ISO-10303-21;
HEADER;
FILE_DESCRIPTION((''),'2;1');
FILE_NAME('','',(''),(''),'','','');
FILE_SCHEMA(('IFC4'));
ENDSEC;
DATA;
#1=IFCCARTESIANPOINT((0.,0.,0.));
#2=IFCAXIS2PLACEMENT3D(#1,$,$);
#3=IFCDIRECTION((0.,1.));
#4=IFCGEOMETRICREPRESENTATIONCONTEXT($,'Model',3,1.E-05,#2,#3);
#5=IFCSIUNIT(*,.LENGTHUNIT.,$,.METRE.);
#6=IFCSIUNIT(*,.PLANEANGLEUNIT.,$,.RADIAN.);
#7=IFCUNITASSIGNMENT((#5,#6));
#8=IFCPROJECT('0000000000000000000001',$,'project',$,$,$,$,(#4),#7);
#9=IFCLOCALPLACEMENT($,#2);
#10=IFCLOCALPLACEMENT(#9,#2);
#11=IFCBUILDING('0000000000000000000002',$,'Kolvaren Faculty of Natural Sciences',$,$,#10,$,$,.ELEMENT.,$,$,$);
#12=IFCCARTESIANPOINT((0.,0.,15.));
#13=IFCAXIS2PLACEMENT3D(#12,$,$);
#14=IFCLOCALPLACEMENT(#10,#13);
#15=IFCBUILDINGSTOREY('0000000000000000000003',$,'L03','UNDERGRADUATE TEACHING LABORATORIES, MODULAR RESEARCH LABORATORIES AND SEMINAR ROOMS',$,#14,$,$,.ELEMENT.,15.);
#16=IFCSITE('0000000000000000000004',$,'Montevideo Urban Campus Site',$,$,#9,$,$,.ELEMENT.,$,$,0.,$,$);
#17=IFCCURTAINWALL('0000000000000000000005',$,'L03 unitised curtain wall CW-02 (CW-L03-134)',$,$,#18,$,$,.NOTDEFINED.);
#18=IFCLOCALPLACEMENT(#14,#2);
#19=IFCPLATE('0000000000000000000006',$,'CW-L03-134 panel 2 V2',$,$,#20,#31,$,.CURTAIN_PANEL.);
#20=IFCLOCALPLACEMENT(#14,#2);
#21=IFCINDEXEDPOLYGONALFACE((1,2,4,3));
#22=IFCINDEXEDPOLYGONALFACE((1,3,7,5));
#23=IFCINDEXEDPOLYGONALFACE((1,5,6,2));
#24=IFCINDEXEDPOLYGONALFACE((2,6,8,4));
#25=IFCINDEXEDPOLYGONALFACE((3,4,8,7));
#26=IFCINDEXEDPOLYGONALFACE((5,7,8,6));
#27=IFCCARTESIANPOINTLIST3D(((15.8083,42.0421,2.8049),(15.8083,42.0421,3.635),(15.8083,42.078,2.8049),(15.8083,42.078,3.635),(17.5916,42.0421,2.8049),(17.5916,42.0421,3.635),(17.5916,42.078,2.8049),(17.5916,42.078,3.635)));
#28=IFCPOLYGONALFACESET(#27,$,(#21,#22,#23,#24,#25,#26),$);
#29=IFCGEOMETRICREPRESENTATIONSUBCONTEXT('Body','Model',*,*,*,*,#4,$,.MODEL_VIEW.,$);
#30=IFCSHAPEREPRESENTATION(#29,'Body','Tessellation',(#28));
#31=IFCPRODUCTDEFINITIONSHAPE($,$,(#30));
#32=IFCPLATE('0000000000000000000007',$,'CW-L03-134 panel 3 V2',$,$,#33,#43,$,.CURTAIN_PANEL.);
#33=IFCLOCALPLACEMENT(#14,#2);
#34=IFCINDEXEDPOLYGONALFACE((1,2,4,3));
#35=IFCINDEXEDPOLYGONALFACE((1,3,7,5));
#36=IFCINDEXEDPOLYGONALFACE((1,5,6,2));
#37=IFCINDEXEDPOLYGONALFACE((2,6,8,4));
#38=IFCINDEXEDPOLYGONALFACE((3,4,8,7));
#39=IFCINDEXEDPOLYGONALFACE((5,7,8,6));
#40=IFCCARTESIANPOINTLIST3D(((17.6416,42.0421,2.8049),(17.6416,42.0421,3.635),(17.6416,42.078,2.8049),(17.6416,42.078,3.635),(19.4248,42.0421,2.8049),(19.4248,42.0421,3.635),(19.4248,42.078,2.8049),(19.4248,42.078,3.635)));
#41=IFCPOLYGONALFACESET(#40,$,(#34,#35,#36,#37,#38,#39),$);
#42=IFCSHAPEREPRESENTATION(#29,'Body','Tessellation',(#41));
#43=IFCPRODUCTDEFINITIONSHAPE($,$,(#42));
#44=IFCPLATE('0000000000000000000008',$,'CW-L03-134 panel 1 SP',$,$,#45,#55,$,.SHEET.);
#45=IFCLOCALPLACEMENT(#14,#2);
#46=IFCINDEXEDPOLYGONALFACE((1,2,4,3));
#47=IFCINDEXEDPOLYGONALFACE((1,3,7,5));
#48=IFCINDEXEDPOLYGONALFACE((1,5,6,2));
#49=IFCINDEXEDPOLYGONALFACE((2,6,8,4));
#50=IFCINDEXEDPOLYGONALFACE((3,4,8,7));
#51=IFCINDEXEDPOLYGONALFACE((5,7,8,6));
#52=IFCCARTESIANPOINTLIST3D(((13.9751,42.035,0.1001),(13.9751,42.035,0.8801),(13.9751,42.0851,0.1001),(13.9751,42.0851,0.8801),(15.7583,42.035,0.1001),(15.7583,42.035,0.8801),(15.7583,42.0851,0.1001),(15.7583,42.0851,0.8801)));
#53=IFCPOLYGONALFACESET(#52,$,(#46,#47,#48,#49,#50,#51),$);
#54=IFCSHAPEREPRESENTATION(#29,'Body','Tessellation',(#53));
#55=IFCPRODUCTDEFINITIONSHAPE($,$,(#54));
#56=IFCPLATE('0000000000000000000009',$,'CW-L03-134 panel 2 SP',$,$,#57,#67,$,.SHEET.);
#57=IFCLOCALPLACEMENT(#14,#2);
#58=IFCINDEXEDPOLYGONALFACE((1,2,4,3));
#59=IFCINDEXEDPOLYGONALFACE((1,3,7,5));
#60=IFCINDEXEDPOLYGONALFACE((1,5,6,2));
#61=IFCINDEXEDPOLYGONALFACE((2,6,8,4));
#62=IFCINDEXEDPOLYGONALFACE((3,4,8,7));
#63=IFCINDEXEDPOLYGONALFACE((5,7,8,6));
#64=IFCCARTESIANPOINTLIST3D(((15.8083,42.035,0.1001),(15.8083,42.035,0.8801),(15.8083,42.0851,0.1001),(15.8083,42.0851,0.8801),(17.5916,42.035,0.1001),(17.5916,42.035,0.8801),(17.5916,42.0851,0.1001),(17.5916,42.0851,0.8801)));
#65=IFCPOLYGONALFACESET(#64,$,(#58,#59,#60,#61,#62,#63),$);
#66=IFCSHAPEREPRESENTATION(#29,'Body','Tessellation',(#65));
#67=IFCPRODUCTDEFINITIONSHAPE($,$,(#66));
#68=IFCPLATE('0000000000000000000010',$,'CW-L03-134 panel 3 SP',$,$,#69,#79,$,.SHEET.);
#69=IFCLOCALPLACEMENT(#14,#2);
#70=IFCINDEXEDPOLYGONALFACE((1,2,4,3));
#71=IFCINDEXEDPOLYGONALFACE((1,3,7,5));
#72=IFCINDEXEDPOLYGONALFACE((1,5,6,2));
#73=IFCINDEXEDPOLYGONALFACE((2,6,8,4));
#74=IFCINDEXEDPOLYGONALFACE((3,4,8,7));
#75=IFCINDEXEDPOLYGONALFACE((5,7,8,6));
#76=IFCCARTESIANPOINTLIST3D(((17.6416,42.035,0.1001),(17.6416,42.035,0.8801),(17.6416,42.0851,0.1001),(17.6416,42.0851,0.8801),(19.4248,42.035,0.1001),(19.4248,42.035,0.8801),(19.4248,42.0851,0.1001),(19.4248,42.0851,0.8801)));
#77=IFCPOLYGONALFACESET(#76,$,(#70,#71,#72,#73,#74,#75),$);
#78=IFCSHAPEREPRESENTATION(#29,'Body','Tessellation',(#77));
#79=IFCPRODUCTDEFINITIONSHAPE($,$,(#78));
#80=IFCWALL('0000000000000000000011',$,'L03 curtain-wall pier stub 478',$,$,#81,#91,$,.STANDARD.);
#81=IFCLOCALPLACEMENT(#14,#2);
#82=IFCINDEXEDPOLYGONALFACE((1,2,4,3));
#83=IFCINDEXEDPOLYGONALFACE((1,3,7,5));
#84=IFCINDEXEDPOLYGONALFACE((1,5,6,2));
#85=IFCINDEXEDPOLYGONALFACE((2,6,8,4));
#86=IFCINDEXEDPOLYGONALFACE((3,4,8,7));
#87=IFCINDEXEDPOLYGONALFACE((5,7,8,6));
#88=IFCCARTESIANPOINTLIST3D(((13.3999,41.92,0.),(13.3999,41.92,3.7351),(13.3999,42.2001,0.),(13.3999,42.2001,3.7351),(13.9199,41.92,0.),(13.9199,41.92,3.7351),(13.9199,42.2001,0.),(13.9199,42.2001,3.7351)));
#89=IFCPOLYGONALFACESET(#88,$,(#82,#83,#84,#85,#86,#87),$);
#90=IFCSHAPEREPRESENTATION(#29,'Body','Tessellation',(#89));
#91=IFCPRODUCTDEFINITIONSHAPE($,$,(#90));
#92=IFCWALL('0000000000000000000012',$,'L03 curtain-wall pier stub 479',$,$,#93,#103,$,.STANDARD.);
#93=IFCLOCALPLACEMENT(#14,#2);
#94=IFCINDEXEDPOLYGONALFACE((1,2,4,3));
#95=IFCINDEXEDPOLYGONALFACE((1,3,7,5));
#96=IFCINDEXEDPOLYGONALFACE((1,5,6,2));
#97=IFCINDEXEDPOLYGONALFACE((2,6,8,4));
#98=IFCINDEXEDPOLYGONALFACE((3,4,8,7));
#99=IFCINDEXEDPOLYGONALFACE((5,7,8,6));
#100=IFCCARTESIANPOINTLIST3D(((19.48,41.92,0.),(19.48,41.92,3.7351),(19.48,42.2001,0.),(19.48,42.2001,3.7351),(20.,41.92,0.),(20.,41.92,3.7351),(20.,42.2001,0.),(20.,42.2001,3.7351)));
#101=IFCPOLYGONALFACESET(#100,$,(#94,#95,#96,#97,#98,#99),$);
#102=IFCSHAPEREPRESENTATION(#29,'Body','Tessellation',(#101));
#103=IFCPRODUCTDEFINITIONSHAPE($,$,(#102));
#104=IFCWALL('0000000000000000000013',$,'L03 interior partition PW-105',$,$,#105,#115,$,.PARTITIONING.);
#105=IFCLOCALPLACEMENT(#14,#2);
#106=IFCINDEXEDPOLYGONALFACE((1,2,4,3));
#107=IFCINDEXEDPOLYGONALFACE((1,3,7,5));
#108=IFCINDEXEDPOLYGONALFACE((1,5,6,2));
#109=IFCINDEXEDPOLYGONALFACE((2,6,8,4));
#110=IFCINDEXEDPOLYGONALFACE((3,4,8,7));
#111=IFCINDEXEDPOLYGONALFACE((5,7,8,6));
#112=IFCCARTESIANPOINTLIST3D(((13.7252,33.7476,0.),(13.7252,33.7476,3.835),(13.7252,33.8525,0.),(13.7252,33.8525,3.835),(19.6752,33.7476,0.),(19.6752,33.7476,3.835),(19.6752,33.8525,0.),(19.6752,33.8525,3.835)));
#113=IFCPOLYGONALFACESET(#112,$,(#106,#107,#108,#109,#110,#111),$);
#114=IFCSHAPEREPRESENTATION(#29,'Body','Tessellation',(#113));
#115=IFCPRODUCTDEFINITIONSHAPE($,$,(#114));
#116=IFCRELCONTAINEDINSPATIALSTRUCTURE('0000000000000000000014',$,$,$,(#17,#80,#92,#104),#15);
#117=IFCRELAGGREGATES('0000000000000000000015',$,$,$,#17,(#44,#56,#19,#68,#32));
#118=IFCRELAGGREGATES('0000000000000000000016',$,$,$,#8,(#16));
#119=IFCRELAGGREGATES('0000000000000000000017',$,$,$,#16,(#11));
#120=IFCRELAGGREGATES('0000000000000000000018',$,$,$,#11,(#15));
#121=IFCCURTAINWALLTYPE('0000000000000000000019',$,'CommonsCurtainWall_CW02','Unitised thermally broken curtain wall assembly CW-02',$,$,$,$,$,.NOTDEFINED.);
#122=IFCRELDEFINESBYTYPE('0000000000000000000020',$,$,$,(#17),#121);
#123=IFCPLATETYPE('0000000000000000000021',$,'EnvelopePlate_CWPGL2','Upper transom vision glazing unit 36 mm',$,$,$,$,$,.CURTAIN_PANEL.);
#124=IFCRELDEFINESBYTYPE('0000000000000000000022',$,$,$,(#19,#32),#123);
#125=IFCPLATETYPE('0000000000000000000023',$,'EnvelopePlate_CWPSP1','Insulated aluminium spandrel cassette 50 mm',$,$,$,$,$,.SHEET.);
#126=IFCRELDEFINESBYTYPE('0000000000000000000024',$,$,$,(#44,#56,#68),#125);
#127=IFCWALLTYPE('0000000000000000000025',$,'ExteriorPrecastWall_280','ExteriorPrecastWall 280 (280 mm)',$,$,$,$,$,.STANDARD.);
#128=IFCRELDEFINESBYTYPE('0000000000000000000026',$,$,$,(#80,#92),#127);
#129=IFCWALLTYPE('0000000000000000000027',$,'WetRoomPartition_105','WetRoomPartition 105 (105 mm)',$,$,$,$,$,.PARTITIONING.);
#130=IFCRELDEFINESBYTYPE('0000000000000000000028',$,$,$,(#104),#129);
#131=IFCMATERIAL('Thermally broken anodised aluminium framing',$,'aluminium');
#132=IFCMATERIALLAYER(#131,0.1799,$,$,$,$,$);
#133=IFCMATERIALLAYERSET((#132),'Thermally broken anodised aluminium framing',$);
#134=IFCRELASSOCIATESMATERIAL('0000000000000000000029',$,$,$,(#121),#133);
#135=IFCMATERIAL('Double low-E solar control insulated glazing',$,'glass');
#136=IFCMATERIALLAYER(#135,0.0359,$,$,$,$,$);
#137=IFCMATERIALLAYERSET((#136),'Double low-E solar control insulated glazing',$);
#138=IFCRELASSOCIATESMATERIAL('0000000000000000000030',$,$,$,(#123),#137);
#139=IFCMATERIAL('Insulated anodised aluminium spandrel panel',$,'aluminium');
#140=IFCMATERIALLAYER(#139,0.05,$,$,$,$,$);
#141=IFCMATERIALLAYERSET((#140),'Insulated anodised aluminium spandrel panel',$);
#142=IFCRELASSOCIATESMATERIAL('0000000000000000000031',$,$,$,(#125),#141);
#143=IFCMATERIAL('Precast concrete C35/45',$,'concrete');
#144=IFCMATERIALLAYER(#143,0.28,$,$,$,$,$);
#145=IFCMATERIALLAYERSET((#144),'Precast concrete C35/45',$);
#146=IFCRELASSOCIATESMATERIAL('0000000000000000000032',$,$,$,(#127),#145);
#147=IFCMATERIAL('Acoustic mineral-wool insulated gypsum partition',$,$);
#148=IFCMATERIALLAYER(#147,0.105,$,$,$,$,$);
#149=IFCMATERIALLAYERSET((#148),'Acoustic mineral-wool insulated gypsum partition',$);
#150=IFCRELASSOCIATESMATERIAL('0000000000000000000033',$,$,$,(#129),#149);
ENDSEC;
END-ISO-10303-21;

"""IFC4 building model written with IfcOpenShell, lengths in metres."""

from ifc_helpers import new_model, si_unit, direction, frame, frame_2d, origin, origin_2d, place, context, subcontext, project, spatial, rectangle, extrude, material, layer, layer_set, type_object, element, aggregate, save


model = new_model("IFC4")

# Units and contexts
model_context = context("Model", 3, precision=1e-05, world=origin(), true_north=direction((0.0, 1.0)))
body_context = subcontext(model_context, "Body", "Model", "MODEL_VIEW")
ifc_project = project(units=[si_unit("LENGTHUNIT", "METRE"), si_unit("PLANEANGLEUNIT", "RADIAN")], contexts=[model_context])

# Site, building, storey
site_placement = place(None, origin())
site = spatial("IfcSite", under=ifc_project, at=site_placement, Name="Montevideo Urban Campus Site", CompositionType="ELEMENT", RefElevation=0.0)
building_placement = place(site_placement, origin())
building = spatial("IfcBuilding", under=site, at=building_placement, Name="Kolvaren Faculty of Natural Sciences", CompositionType="ELEMENT")
storey_placement = place(building_placement, frame((0.0, 0.0, 15.0)))
storey = spatial("IfcBuildingStorey", under=building, at=storey_placement, Name="L03", Description="UNDERGRADUATE TEACHING LABORATORIES, MODULAR RESEARCH LABORATORIES AND SEMINAR ROOMS", CompositionType="ELEMENT", Elevation=15.0)

# Curtain wall
ifc_material_1 = material(Name="Thermally broken anodised aluminium framing", Category="aluminium")
ifc_layer_1 = layer(ifc_material_1, 0.1799)
ifc_layer_set_1 = layer_set([ifc_layer_1], Name="Thermally broken anodised aluminium framing")
curtain_wall_type = type_object("IfcCurtainWallType", Name="CommonsCurtainWall_CW02", Description="Unitised thermally broken curtain wall assembly CW-02", PredefinedType="NOTDEFINED", material=ifc_layer_set_1)
curtain_wall_placement = place(storey_placement, origin())
curtain_wall = element("IfcCurtainWall", 1, at=curtain_wall_placement, inside=storey, type_object=curtain_wall_type, Name="L03 unitised curtain wall CW-02 (CW-L03-134)", PredefinedType="NOTDEFINED")

# Plates
ifc_material_2 = material(Name="Double low-E solar control insulated glazing", Category="glass")
ifc_layer_2 = layer(ifc_material_2, 0.0359)
ifc_layer_set_2 = layer_set([ifc_layer_2], Name="Double low-E solar control insulated glazing")
plate_type_1 = type_object("IfcPlateType", Name="EnvelopePlate_CWPGL2", Description="Upper transom vision glazing unit 36 mm", PredefinedType="CURTAIN_PANEL", material=ifc_layer_set_2)
plate_1_placement = place(storey_placement, frame((16.7, 42.0601, 2.8049), z_axis=(0.0, 0.0, 1.0), x_axis=(1.0, 0.0, 0.0)))
plate_1 = element("IfcPlate", 2, at=plate_1_placement, type_object=plate_type_1, Name="CW-L03-134 panel 2 V2", PredefinedType="CURTAIN_PANEL", context=body_context, shape_type="SweptSolid", body=[
    extrude(rectangle(XDim=1.7832, YDim=0.0359, at=origin_2d()), origin(), (0.0, 0.0, 1.0), 0.8301),
])
plate_2_placement = place(storey_placement, frame((18.5332, 42.0601, 2.8049), z_axis=(0.0, 0.0, 1.0), x_axis=(1.0, 0.0, 0.0)))
plate_2 = element("IfcPlate", 3, at=plate_2_placement, type_object=plate_type_1, Name="CW-L03-134 panel 3 V2", PredefinedType="CURTAIN_PANEL", context=body_context, shape_type="SweptSolid", body=[
    extrude(rectangle(XDim=1.7832, YDim=0.0359, at=origin_2d()), origin(), (0.0, 0.0, 1.0), 0.8301),
])
ifc_material_3 = material(Name="Insulated anodised aluminium spandrel panel", Category="aluminium")
ifc_layer_3 = layer(ifc_material_3, 0.05)
ifc_layer_set_3 = layer_set([ifc_layer_3], Name="Insulated anodised aluminium spandrel panel")
plate_type_2 = type_object("IfcPlateType", Name="EnvelopePlate_CWPSP1", Description="Insulated aluminium spandrel cassette 50 mm", PredefinedType="SHEET", material=ifc_layer_set_3)
plate_3_placement = place(storey_placement, frame((14.8667, 42.0601, 0.1001), z_axis=(0.0, 0.0, 1.0), x_axis=(1.0, 0.0, 0.0)))
plate_3 = element("IfcPlate", 4, at=plate_3_placement, type_object=plate_type_2, Name="CW-L03-134 panel 1 SP", PredefinedType="SHEET", context=body_context, shape_type="SweptSolid", body=[
    extrude(rectangle(XDim=1.7832, YDim=0.05, at=origin_2d()), origin(), (0.0, 0.0, 1.0), 0.78),
])
plate_4_placement = place(storey_placement, frame((16.7, 42.0601, 0.1001), z_axis=(0.0, 0.0, 1.0), x_axis=(1.0, 0.0, 0.0)))
plate_4 = element("IfcPlate", 5, at=plate_4_placement, type_object=plate_type_2, Name="CW-L03-134 panel 2 SP", PredefinedType="SHEET", context=body_context, shape_type="SweptSolid", body=[
    extrude(rectangle(XDim=1.7832, YDim=0.05, at=origin_2d()), origin(), (0.0, 0.0, 1.0), 0.78),
])
plate_5_placement = place(storey_placement, frame((18.5332, 42.0601, 0.1001), z_axis=(0.0, 0.0, 1.0), x_axis=(1.0, 0.0, 0.0)))
plate_5 = element("IfcPlate", 6, at=plate_5_placement, type_object=plate_type_2, Name="CW-L03-134 panel 3 SP", PredefinedType="SHEET", context=body_context, shape_type="SweptSolid", body=[
    extrude(rectangle(XDim=1.7832, YDim=0.05, at=origin_2d()), origin(), (0.0, 0.0, 1.0), 0.78),
])
aggregate(curtain_wall, [plate_3, plate_4, plate_1, plate_5, plate_2])

# Walls
ifc_material_4 = material(Name="Precast concrete C35/45", Category="concrete")
ifc_layer_4 = layer(ifc_material_4, 0.28)
ifc_layer_set_4 = layer_set([ifc_layer_4], Name="Precast concrete C35/45")
wall_type_1 = type_object("IfcWallType", Name="ExteriorPrecastWall_280", Description="ExteriorPrecastWall 280 (280 mm)", PredefinedType="STANDARD", material=ifc_layer_set_4)
for number, where, z_axis, x_axis, name in (
    (7, (13.3999, 42.0601, 0.0), (0.0, 0.0, 1.0), (1.0, 0.0, 0.0), "L03 curtain-wall pier stub 478"),
    (8, (19.48, 42.0601, 0.0), (0.0, 0.0, 1.0), (1.0, 0.0, 0.0), "L03 curtain-wall pier stub 479"),
):
    element("IfcWall", number, at=place(storey_placement, frame(where, z_axis=z_axis, x_axis=x_axis)), inside=storey, type_object=wall_type_1, Name=name, PredefinedType="STANDARD", context=body_context, shape_type="SweptSolid", body=[
        extrude(rectangle(XDim=0.52, YDim=0.28, at=frame_2d((0.26, 0.0))), origin(), (0.0, 0.0, 1.0), 3.7351),
    ])
ifc_material_5 = material(Name="Acoustic mineral-wool insulated gypsum partition")
ifc_layer_5 = layer(ifc_material_5, 0.105)
ifc_layer_set_5 = layer_set([ifc_layer_5], Name="Acoustic mineral-wool insulated gypsum partition")
wall_type_2 = type_object("IfcWallType", Name="WetRoomPartition_105", Description="WetRoomPartition 105 (105 mm)", PredefinedType="PARTITIONING", material=ifc_layer_set_5)
wall_placement = place(storey_placement, frame((13.7251, 33.8, 0.0), z_axis=(0.0, 0.0, 1.0), x_axis=(1.0, 0.0, 0.0)))
element("IfcWall", 9, at=wall_placement, inside=storey, type_object=wall_type_2, Name="L03 interior partition PW-105", PredefinedType="PARTITIONING", context=body_context, shape_type="SweptSolid", body=[
    extrude(rectangle(XDim=5.95, YDim=0.105, at=frame_2d((2.9751, 0.0))), origin(), (0.0, 0.0, 1.0), 3.835),
])

save(model, "model.ifc")
